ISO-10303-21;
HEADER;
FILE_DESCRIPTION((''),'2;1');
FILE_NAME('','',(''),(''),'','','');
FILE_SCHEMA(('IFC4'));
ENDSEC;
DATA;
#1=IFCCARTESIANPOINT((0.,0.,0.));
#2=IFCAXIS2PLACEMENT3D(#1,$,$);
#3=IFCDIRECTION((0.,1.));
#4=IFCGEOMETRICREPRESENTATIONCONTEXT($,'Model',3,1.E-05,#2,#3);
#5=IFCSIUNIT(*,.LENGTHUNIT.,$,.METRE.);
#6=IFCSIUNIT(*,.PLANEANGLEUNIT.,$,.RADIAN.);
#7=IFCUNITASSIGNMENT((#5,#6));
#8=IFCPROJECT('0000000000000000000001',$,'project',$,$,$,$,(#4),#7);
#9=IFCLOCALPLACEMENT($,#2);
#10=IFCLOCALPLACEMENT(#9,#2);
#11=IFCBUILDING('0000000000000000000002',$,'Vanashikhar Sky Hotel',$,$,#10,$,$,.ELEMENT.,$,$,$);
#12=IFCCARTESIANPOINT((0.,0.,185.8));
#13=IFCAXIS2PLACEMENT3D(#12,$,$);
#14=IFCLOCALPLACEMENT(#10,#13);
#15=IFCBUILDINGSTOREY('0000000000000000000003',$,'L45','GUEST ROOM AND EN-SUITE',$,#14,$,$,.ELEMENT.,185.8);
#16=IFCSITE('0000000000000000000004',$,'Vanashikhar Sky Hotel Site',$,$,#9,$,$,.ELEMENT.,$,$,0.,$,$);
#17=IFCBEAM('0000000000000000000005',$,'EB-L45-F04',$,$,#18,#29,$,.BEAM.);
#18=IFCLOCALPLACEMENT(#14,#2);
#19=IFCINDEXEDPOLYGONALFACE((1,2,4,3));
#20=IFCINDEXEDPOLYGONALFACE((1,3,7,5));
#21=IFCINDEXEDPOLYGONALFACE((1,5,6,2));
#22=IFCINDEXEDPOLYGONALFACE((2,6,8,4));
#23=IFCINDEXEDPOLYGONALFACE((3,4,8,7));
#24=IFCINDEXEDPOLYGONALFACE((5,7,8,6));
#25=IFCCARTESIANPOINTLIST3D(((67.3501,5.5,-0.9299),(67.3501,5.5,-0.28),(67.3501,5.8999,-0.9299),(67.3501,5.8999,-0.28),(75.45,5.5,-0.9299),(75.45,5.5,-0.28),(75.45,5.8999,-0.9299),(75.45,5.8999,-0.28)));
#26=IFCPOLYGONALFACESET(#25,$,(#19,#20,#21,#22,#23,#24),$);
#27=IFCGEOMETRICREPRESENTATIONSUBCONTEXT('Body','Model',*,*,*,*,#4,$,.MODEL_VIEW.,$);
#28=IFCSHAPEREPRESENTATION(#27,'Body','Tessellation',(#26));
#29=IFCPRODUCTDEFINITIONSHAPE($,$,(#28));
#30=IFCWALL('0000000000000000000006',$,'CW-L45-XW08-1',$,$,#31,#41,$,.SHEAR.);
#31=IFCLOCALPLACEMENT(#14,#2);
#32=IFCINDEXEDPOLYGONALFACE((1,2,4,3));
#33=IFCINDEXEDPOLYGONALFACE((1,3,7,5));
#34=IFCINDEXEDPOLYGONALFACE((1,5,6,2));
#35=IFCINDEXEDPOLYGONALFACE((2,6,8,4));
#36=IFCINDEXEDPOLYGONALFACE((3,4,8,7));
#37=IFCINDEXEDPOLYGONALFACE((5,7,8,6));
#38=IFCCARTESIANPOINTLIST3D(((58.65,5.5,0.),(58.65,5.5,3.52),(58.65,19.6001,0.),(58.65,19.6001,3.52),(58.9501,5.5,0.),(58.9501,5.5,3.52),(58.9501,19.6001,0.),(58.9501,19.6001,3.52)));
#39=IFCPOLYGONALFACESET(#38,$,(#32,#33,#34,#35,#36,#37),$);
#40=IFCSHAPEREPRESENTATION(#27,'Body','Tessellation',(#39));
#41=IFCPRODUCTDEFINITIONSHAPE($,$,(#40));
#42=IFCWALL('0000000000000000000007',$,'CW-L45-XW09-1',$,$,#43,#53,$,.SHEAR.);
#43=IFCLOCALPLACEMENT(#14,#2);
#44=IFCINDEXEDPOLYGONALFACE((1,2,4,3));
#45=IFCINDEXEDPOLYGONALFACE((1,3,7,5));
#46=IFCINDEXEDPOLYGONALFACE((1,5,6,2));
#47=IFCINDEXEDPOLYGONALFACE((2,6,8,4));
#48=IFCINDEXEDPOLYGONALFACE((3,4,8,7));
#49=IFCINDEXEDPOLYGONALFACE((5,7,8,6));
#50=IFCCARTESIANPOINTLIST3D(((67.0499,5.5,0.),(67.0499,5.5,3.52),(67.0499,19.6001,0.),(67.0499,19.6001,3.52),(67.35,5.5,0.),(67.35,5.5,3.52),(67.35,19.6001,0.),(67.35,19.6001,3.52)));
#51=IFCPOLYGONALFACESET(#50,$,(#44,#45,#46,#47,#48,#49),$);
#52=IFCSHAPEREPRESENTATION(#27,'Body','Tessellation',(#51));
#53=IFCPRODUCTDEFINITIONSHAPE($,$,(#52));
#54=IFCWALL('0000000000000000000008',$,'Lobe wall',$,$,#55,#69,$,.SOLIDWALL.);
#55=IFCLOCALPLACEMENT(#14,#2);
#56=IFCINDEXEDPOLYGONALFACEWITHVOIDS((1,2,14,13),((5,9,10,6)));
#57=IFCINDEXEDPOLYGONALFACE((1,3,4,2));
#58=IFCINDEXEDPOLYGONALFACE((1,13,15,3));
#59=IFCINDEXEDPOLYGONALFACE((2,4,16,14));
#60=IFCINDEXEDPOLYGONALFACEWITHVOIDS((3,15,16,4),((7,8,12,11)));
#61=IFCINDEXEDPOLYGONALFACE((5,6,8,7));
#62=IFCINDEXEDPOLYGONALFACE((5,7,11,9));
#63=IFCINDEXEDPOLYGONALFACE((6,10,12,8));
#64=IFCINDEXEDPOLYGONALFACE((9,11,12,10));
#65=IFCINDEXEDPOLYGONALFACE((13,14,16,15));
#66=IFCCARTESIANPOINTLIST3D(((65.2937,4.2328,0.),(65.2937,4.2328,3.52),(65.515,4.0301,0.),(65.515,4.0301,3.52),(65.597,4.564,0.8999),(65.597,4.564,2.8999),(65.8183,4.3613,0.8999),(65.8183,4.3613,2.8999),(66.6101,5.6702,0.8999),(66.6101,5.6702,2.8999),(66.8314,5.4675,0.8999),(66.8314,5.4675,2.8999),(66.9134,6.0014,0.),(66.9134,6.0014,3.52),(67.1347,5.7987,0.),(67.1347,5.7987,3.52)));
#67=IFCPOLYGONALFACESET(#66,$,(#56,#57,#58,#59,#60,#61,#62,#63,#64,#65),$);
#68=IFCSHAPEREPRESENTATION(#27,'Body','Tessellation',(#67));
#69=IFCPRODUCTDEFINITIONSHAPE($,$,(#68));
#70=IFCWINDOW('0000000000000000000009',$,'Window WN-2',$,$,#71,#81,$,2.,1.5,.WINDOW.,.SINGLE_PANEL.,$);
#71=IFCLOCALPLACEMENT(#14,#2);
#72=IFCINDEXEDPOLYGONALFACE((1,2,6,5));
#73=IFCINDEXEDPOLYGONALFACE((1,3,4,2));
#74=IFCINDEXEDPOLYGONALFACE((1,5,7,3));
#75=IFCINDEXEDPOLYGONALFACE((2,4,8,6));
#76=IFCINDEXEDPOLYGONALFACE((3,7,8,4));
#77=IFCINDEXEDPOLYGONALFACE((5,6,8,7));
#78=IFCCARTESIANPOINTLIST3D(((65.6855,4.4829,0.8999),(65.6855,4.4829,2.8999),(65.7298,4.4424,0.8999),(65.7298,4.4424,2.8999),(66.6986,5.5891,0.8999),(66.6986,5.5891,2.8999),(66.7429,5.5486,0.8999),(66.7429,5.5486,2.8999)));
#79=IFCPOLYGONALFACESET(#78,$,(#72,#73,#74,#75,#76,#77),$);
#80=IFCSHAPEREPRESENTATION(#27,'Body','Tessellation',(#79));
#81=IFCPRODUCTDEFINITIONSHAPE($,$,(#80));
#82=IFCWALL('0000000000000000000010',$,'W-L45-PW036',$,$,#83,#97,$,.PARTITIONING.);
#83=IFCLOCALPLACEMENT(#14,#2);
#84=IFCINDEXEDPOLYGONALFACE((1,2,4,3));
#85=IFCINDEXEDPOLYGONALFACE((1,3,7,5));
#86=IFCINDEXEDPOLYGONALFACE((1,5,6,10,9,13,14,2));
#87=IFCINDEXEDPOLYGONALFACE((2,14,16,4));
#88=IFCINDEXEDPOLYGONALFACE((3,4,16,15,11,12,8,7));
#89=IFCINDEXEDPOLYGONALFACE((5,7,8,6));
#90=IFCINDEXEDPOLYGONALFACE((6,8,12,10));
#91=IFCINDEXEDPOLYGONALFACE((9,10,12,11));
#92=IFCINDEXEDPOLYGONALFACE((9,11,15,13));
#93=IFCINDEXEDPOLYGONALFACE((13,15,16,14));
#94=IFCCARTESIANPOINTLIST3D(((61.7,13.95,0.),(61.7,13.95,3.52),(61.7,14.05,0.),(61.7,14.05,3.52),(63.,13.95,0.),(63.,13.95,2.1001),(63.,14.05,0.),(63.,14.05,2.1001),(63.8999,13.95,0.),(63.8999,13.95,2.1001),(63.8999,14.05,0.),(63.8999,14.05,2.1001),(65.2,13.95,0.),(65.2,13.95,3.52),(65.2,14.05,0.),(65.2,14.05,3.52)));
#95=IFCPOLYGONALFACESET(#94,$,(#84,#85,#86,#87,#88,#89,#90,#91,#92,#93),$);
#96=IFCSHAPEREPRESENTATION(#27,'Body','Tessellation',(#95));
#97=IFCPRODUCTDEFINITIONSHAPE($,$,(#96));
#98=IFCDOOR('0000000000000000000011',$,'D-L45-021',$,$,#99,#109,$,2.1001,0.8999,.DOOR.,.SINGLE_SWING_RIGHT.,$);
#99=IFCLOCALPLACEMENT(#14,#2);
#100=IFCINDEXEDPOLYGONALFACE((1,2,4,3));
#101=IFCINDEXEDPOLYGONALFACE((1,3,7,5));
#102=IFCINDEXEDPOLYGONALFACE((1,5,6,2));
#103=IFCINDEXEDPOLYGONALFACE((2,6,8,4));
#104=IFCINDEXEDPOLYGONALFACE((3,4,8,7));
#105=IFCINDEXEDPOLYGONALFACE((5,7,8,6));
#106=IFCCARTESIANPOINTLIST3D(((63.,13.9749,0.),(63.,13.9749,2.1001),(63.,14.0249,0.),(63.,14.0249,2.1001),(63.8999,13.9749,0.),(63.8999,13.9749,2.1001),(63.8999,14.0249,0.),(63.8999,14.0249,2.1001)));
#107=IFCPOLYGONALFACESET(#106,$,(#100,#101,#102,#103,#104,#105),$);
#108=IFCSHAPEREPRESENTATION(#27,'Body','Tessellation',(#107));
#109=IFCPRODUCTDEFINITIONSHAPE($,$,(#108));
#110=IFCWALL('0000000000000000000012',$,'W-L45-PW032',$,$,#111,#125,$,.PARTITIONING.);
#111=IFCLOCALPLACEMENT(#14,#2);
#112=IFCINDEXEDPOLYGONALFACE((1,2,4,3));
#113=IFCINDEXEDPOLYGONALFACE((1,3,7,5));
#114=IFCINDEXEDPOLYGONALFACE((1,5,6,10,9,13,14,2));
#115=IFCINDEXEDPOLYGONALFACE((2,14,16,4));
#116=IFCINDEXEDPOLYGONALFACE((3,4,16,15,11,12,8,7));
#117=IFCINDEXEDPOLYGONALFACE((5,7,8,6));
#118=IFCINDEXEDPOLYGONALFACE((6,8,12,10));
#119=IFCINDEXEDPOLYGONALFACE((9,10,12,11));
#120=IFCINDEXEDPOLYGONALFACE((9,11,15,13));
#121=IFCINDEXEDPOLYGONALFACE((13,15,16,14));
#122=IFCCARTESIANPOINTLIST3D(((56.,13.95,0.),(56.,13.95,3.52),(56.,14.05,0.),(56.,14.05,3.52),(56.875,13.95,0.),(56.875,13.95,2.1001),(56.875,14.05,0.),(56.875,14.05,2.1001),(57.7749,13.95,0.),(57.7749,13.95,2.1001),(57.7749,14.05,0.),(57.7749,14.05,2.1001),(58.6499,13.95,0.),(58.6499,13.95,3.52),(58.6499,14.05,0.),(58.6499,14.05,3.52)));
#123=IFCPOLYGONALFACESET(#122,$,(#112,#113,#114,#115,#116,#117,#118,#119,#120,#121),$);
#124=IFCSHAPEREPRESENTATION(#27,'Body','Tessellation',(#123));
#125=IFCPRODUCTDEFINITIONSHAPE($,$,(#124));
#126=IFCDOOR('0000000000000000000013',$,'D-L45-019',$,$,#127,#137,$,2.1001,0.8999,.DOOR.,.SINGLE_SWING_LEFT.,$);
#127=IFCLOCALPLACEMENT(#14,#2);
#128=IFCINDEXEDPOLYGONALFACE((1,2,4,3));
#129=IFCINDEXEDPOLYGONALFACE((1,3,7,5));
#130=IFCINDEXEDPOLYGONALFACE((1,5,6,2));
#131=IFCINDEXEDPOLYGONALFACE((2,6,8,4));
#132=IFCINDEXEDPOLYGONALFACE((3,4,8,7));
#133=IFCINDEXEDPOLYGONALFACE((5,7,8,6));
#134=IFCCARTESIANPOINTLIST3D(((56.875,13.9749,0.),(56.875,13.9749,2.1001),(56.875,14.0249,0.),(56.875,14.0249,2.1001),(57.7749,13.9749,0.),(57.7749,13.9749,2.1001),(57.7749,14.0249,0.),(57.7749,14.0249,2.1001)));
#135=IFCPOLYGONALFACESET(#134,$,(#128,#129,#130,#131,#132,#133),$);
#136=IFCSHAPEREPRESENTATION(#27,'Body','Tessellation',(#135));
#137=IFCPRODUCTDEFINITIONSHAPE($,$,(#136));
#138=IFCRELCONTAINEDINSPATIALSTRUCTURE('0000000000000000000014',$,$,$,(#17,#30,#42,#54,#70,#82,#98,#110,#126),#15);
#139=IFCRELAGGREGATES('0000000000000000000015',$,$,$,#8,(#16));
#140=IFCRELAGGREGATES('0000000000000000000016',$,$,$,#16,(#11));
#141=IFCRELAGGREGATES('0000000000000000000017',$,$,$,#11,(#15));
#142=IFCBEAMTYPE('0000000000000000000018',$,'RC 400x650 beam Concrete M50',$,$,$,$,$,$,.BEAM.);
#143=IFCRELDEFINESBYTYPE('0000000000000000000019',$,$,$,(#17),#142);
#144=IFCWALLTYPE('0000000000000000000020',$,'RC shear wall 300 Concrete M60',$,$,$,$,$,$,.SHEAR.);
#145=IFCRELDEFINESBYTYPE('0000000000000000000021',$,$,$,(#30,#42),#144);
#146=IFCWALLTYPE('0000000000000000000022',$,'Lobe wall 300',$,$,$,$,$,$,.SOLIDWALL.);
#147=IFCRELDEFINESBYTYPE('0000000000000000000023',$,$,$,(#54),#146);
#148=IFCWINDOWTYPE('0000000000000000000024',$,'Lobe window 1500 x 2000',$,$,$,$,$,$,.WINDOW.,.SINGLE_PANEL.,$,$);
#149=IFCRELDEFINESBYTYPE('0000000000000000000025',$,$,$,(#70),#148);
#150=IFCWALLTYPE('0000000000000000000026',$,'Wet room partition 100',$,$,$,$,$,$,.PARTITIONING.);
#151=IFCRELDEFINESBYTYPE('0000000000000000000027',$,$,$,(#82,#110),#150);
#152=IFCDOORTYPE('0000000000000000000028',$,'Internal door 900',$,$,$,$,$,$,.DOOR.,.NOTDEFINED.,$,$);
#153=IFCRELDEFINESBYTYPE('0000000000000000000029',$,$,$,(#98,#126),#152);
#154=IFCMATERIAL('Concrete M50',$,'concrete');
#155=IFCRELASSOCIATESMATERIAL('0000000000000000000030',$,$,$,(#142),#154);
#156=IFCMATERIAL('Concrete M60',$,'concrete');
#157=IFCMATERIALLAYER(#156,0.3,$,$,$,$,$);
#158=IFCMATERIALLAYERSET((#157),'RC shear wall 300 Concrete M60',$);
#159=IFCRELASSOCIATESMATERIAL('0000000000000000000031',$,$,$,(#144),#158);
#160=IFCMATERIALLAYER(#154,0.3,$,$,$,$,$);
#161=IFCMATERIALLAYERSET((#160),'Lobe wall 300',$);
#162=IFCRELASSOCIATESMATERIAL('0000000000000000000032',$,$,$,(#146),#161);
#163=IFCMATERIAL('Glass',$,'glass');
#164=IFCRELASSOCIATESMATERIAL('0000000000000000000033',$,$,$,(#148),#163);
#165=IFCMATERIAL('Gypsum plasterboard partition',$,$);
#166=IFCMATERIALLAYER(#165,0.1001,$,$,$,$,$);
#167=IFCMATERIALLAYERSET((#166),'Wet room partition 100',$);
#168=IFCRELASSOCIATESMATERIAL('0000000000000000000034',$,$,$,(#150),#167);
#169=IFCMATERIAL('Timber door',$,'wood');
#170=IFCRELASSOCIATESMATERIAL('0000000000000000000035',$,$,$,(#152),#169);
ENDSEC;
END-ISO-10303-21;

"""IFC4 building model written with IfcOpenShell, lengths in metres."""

from ifc_helpers import new_model, si_unit, direction, frame, frame_2d, origin, origin_2d, place, context, subcontext, project, spatial, rectangle, extrude, source, transform, mapped, material, layer, layer_set, material_profile, profile_set, type_object, element, fill, save


model = new_model("IFC4")

# Units and contexts
model_context = context("Model", 3, precision=1e-05, world=origin(), true_north=direction((0.0, 1.0)))
body_context = subcontext(model_context, "Body", "Model", "MODEL_VIEW")
ifc_project = project(units=[si_unit("LENGTHUNIT", "METRE"), si_unit("PLANEANGLEUNIT", "RADIAN")], contexts=[model_context])

# Site, building, storey
site_placement = place(None, origin())
site = spatial("IfcSite", under=ifc_project, at=site_placement, Name="Vanashikhar Sky Hotel Site", CompositionType="ELEMENT", RefElevation=0.0)
building_placement = place(site_placement, origin())
building = spatial("IfcBuilding", under=site, at=building_placement, Name="Vanashikhar Sky Hotel", CompositionType="ELEMENT")
storey_placement = place(building_placement, frame((0.0, 0.0, 185.8)))
storey = spatial("IfcBuildingStorey", under=building, at=storey_placement, Name="L45", Description="GUEST ROOM AND EN-SUITE", CompositionType="ELEMENT", Elevation=185.8)

# Beam
ifc_material_1 = material(Name="Concrete M50", Category="concrete")
ifc_material_profile_1 = material_profile(ifc_material_1, rectangle(XDim=0.3999, YDim=0.6499, at=origin_2d()))
ifc_profile_set_1 = profile_set([ifc_material_profile_1], Name="RC 400x650 beam Concrete M50")
beam_type = type_object("IfcBeamType", Name="RC 400x650 beam Concrete M50", PredefinedType="BEAM", material=ifc_profile_set_1)
shared_shape_1 = source(origin(), body_context, "Body", "SweptSolid", [
    extrude(rectangle(XDim=0.3999, YDim=0.6499, at=origin_2d()), origin(), (0.0, 0.0, 1.0), 8.0999),
])
beam_placement = place(storey_placement, frame((67.3501, 5.7, -0.605), z_axis=(1.0, 0.0, 0.0), x_axis=(0.0, 1.0, 0.0)))
element("IfcBeam", 1, at=beam_placement, inside=storey, type_object=beam_type, Name="EB-L45-F04", PredefinedType="BEAM", context=body_context, shape_type="MappedRepresentation", body=[
    mapped(shared_shape_1, transform((0.0, 0.0, 0.0), scale=1.0)),
])

# Walls
ifc_material_2 = material(Name="Concrete M60", Category="concrete")
ifc_layer_1 = layer(ifc_material_2, 0.3)
ifc_layer_set_1 = layer_set([ifc_layer_1], Name="RC shear wall 300 Concrete M60")
wall_type_1 = type_object("IfcWallType", Name="RC shear wall 300 Concrete M60", PredefinedType="SHEAR", material=ifc_layer_set_1)
shared_shape_2 = source(origin(), body_context, "Body", "SweptSolid", [
    extrude(rectangle(XDim=14.1001, YDim=0.3, at=frame_2d((7.05, 0.0))), origin(), (0.0, 0.0, 1.0), 3.52),
])
for number, where, z_axis, x_axis, name in (
    (2, (58.8, 5.5, 0.0), (0.0, 0.0, 1.0), (0.0, 1.0, 0.0), "CW-L45-XW08-1"),
    (3, (67.2, 5.5, 0.0), (0.0, 0.0, 1.0), (0.0, 1.0, 0.0), "CW-L45-XW09-1"),
):
    element("IfcWall", number, at=place(storey_placement, frame(where, z_axis=z_axis, x_axis=x_axis)), inside=storey, type_object=wall_type_1, Name=name, PredefinedType="SHEAR", context=body_context, shape_type="MappedRepresentation", body=[
        mapped(shared_shape_2, transform((0.0, 0.0, 0.0), scale=1.0)),
    ])

# Wall, opening, window
ifc_layer_2 = layer(ifc_material_1, 0.3)
ifc_layer_set_2 = layer_set([ifc_layer_2], Name="Lobe wall 300")
wall_type_2 = type_object("IfcWallType", Name="Lobe wall 300", PredefinedType="SOLIDWALL", material=ifc_layer_set_2)
shared_shape_3 = source(origin(), body_context, "Body", "SweptSolid", [
    extrude(rectangle(XDim=2.3982, YDim=0.3, at=frame_2d((1.1992, 0.0))), origin(), (0.0, 0.0, 1.0), 3.52),
])
wall_1_placement = place(storey_placement, frame((65.4043, 4.1313, 0.0), z_axis=(0.0, 0.0, 1.0), x_axis=(0.675374, 0.737475, 0.0)))
wall_1 = element("IfcWall", 4, at=wall_1_placement, inside=storey, type_object=wall_type_2, Name="Lobe wall", PredefinedType="SOLIDWALL", context=body_context, shape_type="MappedRepresentation", body=[
    mapped(shared_shape_3, transform((0.0, 0.0, 0.0), scale=1.0)),
])
shared_shape_4 = source(origin(), body_context, "Body", "SweptSolid", [
    extrude(rectangle(XDim=1.5, YDim=2.0, at=frame_2d((0.75, 1.0))), frame((0.0, 0.1602, 0.0), z_axis=(0.0, -1.0, 0.0), x_axis=(1.0, 0.0, 0.0)), (0.0, 0.0, 1.0), 0.3201),
])
opening_1_placement = place(wall_1_placement, frame((0.4492, 0.0, 0.8999)))
opening_1 = element("IfcOpeningElement", 5, at=opening_1_placement, cuts=wall_1, PredefinedType="OPENING", context=body_context, shape_type="MappedRepresentation", body=[
    mapped(shared_shape_4, transform((0.0, 0.0, 0.0), scale=1.0)),
])
ifc_material_3 = material(Name="Glass", Category="glass")
window_type_1 = type_object("IfcWindowType", Name="Lobe window 1500 x 2000", PartitioningType="SINGLE_PANEL", PredefinedType="WINDOW", material=ifc_material_3)
shared_shape_5 = source(origin(), body_context, "Body", "SweptSolid", [
    extrude(rectangle(XDim=1.5, YDim=2.0, at=frame_2d((0.75, 1.0))), frame((0.0, 0.03, 0.0), z_axis=(0.0, -1.0, 0.0), x_axis=(1.0, 0.0, 0.0)), (0.0, 0.0, 1.0), 0.0601),
])
window_1_placement = place(opening_1_placement, origin())
window_1 = element("IfcWindow", 6, at=window_1_placement, inside=storey, type_object=window_type_1, Name="Window WN-2", OverallHeight=2.0, OverallWidth=1.5, PartitioningType="SINGLE_PANEL", PredefinedType="WINDOW", context=body_context, shape_type="MappedRepresentation", body=[
    mapped(shared_shape_5, transform((0.0, 0.0, 0.0), scale=1.0)),
])
fill(opening_1, window_1)

# Walls, openings, doors
ifc_material_4 = material(Name="Gypsum plasterboard partition")
ifc_layer_3 = layer(ifc_material_4, 0.1001)
ifc_layer_set_3 = layer_set([ifc_layer_3], Name="Wet room partition 100")
wall_type_3 = type_object("IfcWallType", Name="Wet room partition 100", PredefinedType="PARTITIONING", material=ifc_layer_set_3)
shared_shape_6 = source(origin(), body_context, "Body", "SweptSolid", [
    extrude(rectangle(XDim=3.5, YDim=0.1001, at=frame_2d((1.75, 0.0))), origin(), (0.0, 0.0, 1.0), 3.52),
])
wall_2_placement = place(storey_placement, frame((61.7, 14.0, 0.0), z_axis=(0.0, 0.0, 1.0), x_axis=(1.0, 0.0, 0.0)))
wall_2 = element("IfcWall", 7, at=wall_2_placement, inside=storey, type_object=wall_type_3, Name="W-L45-PW036", PredefinedType="PARTITIONING", context=body_context, shape_type="MappedRepresentation", body=[
    mapped(shared_shape_6, transform((0.0, 0.0, 0.0), scale=1.0)),
])
shared_shape_7 = source(origin(), body_context, "Body", "SweptSolid", [
    extrude(rectangle(XDim=0.8999, YDim=2.1001, at=frame_2d((0.45, 1.05))), frame((0.0, 0.0601, 0.0), z_axis=(0.0, -1.0, 0.0), x_axis=(1.0, 0.0, 0.0)), (0.0, 0.0, 1.0), 0.1201),
])
opening_2_placement = place(wall_2_placement, frame((1.3, 0.0, 0.0)))
opening_2 = element("IfcOpeningElement", 8, at=opening_2_placement, cuts=wall_2, PredefinedType="OPENING", context=body_context, shape_type="MappedRepresentation", body=[
    mapped(shared_shape_7, transform((0.0, 0.0, 0.0), scale=1.0)),
])
ifc_material_5 = material(Name="Timber door", Category="wood")
door_type_1 = type_object("IfcDoorType", Name="Internal door 900", OperationType="NOTDEFINED", PredefinedType="DOOR", material=ifc_material_5)
shared_shape_8 = source(origin(), body_context, "Body", "SweptSolid", [
    extrude(rectangle(XDim=0.8999, YDim=2.1001, at=frame_2d((0.45, 1.05))), frame((0.0, 0.0249, 0.0), z_axis=(0.0, -1.0, 0.0), x_axis=(1.0, 0.0, 0.0)), (0.0, 0.0, 1.0), 0.05),
])
door_1_placement = place(opening_2_placement, origin())
door_1 = element("IfcDoor", 9, at=door_1_placement, inside=storey, type_object=door_type_1, Name="D-L45-021", OperationType="SINGLE_SWING_RIGHT", OverallHeight=2.1001, OverallWidth=0.8999, PredefinedType="DOOR", context=body_context, shape_type="MappedRepresentation", body=[
    mapped(shared_shape_8, transform((0.0, 0.0, 0.0), scale=1.0)),
])
fill(opening_2, door_1)
shared_shape_9 = source(origin(), body_context, "Body", "SweptSolid", [
    extrude(rectangle(XDim=2.6499, YDim=0.1001, at=frame_2d((1.325, 0.0))), origin(), (0.0, 0.0, 1.0), 3.52),
])
wall_3_placement = place(storey_placement, frame((56.0, 14.0, 0.0), z_axis=(0.0, 0.0, 1.0), x_axis=(1.0, 0.0, 0.0)))
wall_3 = element("IfcWall", 10, at=wall_3_placement, inside=storey, type_object=wall_type_3, Name="W-L45-PW032", PredefinedType="PARTITIONING", context=body_context, shape_type="MappedRepresentation", body=[
    mapped(shared_shape_9, transform((0.0, 0.0, 0.0), scale=1.0)),
])
opening_3_placement = place(wall_3_placement, frame((0.875, 0.0, 0.0)))
opening_3 = element("IfcOpeningElement", 11, at=opening_3_placement, cuts=wall_3, PredefinedType="OPENING", context=body_context, shape_type="MappedRepresentation", body=[
    mapped(shared_shape_7, transform((0.0, 0.0, 0.0), scale=1.0)),
])
door_2_placement = place(opening_3_placement, origin())
door_2 = element("IfcDoor", 12, at=door_2_placement, inside=storey, type_object=door_type_1, Name="D-L45-019", OperationType="SINGLE_SWING_LEFT", OverallHeight=2.1001, OverallWidth=0.8999, PredefinedType="DOOR", context=body_context, shape_type="MappedRepresentation", body=[
    mapped(shared_shape_8, transform((0.0, 0.0, 0.0), scale=1.0)),
])
fill(opening_3, door_2)

save(model, "model.ifc")
